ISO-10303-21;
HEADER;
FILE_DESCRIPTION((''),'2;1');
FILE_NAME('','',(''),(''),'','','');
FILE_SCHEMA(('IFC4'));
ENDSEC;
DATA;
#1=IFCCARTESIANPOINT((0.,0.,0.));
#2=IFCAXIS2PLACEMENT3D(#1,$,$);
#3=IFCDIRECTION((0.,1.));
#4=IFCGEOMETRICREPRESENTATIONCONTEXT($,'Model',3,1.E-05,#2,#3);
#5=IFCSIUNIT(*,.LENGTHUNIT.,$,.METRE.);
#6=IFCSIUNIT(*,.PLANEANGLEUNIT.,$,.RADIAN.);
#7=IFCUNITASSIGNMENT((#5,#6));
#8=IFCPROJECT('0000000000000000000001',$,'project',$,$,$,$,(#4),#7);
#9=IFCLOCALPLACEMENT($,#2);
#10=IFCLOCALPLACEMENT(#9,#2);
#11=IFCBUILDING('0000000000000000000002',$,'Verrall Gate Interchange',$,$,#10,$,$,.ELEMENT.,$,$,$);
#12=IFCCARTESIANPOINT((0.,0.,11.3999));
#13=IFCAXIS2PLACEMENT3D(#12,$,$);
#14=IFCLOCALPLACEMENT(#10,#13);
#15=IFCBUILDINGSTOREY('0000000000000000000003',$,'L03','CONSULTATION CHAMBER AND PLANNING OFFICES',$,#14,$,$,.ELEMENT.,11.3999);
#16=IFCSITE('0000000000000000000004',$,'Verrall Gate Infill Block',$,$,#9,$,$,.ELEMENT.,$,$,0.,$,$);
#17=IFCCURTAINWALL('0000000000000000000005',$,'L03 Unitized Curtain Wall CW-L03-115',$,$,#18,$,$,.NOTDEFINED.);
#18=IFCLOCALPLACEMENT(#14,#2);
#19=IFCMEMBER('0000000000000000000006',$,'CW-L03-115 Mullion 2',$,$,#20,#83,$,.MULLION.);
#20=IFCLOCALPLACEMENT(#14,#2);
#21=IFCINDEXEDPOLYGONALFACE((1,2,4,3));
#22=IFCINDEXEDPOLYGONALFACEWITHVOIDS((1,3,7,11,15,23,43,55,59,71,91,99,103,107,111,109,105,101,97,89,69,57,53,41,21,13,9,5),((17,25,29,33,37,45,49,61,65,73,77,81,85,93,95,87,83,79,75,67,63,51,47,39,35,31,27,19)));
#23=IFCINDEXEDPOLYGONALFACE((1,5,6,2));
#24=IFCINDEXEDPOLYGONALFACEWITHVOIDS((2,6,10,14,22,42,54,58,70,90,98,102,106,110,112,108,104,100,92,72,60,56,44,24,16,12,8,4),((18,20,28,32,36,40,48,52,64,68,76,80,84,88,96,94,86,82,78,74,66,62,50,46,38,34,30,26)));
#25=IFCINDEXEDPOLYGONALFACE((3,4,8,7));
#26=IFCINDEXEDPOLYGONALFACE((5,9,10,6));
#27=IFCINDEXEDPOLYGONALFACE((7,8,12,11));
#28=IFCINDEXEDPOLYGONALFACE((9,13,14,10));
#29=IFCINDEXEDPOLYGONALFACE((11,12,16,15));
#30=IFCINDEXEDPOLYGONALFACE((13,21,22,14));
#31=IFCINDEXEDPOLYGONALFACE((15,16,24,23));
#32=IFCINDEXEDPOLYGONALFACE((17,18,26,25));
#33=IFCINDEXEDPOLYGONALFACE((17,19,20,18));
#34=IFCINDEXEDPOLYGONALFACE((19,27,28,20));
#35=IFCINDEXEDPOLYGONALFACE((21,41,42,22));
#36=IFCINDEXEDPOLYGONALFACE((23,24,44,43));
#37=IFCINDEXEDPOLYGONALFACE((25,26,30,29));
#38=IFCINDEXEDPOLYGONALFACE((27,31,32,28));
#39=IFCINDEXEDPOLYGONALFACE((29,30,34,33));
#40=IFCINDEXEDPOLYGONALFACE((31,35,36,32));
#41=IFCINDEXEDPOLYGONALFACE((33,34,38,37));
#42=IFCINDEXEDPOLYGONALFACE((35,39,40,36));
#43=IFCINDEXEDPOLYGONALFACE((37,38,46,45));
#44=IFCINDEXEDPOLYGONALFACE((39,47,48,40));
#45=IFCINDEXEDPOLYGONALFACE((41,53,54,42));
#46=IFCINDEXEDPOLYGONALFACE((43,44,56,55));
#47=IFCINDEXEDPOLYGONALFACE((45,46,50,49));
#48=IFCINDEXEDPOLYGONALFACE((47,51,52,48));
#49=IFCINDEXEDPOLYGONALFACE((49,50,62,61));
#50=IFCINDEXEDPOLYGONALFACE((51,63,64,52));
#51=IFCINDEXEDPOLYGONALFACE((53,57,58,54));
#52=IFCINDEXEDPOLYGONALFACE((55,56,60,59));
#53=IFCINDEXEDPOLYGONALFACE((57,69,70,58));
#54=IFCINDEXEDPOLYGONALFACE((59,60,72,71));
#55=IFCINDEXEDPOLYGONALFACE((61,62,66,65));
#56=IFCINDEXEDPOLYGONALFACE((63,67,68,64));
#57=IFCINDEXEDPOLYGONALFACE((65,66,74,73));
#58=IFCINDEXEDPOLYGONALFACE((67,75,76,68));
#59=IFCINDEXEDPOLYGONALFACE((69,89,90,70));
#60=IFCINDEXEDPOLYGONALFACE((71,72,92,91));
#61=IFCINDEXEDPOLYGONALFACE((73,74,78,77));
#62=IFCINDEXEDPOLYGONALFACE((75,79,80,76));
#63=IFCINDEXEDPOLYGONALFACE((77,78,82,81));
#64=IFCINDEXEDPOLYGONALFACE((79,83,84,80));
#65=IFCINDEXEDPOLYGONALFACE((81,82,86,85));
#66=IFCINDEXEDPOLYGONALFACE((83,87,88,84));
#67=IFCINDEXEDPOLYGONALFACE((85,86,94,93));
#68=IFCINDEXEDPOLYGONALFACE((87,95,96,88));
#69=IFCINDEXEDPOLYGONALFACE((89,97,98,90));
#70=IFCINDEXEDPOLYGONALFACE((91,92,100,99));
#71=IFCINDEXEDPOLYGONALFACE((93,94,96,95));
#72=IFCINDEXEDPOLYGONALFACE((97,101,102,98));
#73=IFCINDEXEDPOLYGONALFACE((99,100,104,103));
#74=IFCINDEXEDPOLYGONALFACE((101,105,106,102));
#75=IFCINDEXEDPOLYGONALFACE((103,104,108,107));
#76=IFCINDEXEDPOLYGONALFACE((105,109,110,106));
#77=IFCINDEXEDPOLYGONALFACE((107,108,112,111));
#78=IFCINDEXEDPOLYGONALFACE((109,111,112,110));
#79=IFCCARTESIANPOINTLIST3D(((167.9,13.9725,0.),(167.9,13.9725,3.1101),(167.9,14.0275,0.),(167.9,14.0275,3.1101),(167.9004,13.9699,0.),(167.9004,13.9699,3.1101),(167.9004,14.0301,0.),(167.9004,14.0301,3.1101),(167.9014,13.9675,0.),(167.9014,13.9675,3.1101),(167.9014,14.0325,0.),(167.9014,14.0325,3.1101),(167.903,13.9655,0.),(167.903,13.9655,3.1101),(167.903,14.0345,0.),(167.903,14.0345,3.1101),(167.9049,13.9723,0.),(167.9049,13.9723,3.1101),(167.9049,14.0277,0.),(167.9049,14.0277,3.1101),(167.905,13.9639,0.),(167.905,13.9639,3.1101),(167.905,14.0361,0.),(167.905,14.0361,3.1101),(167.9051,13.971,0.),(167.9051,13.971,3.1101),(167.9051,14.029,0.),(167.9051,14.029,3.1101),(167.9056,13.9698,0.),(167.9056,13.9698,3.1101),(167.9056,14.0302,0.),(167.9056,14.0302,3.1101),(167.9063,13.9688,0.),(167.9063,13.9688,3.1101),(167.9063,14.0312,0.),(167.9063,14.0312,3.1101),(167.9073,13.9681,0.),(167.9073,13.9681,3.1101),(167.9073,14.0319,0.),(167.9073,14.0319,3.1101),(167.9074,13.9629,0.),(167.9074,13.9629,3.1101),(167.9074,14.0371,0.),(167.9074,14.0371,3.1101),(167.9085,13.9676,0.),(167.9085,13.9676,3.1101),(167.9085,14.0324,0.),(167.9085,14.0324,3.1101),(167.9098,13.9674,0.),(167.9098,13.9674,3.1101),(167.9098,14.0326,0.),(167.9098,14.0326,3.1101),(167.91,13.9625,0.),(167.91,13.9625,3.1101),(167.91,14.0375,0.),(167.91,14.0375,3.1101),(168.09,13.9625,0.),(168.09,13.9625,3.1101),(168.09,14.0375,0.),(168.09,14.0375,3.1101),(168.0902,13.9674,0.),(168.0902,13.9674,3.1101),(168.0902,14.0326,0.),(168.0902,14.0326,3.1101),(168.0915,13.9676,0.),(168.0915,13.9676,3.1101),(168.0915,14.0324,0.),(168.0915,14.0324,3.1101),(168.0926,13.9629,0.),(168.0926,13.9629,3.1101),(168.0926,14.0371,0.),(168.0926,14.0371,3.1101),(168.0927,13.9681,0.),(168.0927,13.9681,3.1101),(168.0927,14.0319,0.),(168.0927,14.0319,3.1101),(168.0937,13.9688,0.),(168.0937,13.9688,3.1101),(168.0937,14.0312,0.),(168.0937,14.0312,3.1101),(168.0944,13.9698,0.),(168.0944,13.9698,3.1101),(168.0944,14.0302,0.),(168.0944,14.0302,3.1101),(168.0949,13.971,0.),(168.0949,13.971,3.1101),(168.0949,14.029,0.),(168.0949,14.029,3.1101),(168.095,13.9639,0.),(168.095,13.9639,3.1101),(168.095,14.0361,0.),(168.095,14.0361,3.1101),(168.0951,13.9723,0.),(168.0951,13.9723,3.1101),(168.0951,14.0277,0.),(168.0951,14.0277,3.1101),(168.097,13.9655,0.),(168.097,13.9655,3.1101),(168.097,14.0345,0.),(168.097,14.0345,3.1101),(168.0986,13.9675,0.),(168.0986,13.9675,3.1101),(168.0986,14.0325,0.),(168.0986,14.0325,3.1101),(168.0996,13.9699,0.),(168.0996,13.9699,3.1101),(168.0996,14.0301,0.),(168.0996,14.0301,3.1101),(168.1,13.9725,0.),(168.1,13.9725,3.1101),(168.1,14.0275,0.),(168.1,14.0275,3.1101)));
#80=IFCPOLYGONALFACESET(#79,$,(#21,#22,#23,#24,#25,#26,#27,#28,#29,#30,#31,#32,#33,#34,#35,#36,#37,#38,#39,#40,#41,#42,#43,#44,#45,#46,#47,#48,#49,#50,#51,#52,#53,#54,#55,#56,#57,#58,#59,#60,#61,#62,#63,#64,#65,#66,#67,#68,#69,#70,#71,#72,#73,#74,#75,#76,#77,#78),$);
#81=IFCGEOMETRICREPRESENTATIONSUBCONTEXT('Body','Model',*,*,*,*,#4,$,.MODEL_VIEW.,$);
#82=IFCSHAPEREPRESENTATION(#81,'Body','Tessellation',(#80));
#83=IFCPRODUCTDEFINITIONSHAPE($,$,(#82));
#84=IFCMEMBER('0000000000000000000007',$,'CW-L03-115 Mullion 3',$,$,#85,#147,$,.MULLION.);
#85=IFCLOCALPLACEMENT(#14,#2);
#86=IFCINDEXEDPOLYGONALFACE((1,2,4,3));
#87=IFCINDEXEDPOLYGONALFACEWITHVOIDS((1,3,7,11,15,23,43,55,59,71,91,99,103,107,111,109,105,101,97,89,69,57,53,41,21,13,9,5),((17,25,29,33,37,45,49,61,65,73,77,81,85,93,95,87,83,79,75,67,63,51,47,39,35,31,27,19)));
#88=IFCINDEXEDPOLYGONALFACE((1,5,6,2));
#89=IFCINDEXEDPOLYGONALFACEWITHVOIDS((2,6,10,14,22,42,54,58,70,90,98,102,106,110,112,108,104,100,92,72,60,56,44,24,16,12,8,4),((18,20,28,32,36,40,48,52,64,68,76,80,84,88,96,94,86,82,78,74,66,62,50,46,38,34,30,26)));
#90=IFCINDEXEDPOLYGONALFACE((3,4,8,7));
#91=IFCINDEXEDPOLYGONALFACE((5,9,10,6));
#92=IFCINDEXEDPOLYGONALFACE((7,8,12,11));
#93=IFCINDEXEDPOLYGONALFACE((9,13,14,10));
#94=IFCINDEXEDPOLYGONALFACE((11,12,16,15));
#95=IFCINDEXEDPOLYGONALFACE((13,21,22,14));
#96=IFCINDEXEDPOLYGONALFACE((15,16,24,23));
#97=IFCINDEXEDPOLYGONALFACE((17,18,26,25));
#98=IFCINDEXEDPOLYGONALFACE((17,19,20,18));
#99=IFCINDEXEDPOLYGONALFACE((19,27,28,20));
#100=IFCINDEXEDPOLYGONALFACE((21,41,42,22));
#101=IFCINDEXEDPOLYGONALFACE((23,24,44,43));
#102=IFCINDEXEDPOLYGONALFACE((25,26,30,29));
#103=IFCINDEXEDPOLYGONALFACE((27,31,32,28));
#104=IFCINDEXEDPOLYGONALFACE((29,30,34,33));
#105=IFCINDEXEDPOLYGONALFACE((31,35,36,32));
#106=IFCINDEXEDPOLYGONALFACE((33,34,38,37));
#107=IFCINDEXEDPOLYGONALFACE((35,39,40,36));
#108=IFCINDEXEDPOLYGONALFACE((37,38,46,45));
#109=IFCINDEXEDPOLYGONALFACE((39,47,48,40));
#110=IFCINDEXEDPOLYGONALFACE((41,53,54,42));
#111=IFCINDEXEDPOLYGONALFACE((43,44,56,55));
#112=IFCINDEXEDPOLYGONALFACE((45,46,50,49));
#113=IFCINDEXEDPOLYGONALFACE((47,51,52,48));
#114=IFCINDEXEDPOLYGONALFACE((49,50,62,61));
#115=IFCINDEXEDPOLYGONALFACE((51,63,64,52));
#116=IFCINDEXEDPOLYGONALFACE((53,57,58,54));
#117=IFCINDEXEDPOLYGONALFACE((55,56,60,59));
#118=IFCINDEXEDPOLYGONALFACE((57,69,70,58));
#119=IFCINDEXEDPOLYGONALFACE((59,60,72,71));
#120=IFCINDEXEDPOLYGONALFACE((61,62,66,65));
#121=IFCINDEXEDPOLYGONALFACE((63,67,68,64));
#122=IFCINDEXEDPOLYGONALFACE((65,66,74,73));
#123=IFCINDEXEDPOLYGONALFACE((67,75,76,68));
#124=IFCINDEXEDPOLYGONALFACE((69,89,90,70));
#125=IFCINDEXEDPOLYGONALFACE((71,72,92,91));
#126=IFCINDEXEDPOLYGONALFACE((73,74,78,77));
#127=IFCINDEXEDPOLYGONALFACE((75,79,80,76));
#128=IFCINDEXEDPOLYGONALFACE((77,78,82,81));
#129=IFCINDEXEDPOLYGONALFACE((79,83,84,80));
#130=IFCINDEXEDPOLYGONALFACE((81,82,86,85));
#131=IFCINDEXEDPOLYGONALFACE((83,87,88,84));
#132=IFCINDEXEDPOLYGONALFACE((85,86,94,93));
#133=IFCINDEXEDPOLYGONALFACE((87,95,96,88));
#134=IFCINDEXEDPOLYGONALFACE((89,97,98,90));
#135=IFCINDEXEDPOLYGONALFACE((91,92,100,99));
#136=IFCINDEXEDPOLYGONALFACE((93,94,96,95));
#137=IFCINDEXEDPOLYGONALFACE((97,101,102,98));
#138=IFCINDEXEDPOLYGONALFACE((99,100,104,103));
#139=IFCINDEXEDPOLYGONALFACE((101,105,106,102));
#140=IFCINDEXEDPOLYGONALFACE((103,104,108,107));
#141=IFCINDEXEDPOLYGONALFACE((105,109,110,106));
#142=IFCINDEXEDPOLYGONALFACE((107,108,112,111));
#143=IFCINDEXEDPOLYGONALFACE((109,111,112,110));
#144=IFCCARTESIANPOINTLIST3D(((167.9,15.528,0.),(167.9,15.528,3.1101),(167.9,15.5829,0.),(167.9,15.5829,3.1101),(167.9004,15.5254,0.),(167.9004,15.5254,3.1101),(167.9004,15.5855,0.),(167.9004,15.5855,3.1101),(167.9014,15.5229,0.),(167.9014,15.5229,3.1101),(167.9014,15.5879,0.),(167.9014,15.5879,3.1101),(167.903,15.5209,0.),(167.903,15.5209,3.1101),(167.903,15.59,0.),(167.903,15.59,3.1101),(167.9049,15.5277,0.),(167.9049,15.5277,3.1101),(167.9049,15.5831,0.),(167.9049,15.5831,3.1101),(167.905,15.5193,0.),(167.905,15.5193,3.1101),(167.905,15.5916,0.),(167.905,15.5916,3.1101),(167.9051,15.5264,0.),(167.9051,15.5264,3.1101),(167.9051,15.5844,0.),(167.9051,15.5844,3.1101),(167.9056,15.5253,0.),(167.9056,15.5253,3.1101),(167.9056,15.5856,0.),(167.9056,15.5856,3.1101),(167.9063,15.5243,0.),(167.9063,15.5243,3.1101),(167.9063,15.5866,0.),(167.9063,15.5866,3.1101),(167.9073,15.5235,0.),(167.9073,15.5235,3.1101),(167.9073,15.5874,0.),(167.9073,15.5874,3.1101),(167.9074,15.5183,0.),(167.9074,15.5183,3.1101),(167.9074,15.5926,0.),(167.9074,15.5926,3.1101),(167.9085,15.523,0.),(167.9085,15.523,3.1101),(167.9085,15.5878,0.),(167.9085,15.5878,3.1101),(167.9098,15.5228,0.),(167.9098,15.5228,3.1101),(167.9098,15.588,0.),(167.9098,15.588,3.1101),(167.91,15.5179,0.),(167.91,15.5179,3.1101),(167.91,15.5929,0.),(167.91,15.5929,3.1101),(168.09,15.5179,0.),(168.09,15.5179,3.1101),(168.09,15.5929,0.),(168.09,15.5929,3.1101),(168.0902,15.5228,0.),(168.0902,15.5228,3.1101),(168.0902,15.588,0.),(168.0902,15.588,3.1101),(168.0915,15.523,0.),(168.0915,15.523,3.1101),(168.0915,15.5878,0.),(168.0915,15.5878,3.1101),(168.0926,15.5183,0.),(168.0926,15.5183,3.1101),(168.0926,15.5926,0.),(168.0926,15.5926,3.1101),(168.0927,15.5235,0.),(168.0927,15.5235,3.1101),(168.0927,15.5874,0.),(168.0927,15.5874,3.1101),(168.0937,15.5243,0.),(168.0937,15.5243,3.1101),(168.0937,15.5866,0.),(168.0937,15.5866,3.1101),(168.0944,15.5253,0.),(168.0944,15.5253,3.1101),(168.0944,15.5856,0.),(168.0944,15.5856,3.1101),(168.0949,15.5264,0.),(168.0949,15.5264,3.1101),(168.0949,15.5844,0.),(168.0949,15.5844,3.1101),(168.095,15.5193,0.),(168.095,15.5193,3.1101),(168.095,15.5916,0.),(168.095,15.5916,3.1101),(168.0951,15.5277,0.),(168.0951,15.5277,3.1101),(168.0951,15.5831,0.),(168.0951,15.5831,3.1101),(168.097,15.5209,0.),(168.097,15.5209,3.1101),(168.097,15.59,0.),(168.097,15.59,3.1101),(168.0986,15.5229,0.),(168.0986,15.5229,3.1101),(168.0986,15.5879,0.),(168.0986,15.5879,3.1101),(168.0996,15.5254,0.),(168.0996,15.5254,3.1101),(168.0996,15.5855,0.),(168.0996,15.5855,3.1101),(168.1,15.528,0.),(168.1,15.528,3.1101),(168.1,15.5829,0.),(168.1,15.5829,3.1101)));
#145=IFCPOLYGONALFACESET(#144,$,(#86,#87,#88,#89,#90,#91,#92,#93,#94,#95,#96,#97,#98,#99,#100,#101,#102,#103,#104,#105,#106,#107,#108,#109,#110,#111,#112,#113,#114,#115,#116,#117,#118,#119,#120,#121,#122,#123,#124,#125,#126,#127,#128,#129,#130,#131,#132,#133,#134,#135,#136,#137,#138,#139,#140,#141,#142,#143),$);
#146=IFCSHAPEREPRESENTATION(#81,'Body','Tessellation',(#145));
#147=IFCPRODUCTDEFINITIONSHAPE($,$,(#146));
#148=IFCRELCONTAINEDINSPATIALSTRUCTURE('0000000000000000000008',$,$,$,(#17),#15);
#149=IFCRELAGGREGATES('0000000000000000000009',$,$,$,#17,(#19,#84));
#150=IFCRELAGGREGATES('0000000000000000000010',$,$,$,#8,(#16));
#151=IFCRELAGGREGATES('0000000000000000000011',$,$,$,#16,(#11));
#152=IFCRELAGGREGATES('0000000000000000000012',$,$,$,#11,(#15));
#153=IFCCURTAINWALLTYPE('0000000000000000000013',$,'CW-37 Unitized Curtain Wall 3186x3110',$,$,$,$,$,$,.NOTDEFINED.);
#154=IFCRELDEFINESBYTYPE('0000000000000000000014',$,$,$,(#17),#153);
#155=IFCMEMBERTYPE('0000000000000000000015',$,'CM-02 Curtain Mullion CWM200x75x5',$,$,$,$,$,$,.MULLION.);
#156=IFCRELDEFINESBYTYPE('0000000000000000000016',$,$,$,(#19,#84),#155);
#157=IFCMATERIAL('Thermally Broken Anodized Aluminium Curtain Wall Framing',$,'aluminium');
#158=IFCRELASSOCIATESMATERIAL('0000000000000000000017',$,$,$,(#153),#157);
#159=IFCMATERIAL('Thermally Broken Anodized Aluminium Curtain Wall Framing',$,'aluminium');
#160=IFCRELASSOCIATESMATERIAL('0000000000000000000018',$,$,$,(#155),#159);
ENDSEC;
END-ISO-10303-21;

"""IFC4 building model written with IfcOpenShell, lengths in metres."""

from ifc_helpers import new_model, si_unit, direction, frame, origin, origin_2d, place, context, subcontext, project, spatial, hollow_rectangle, extrude, material, material_profile, profile_set, type_object, element, aggregate, save


model = new_model("IFC4")

# Units and contexts
model_context = context("Model", 3, precision=1e-05, world=origin(), true_north=direction((0.0, 1.0)))
body_context = subcontext(model_context, "Body", "Model", "MODEL_VIEW")
ifc_project = project(units=[si_unit("LENGTHUNIT", "METRE"), si_unit("PLANEANGLEUNIT", "RADIAN")], contexts=[model_context])

# Site, building, storey
site_placement = place(None, origin())
site = spatial("IfcSite", under=ifc_project, at=site_placement, Name="Verrall Gate Infill Block", CompositionType="ELEMENT", RefElevation=0.0)
building_placement = place(site_placement, origin())
building = spatial("IfcBuilding", under=site, at=building_placement, Name="Verrall Gate Interchange", CompositionType="ELEMENT")
storey_placement = place(building_placement, frame((0.0, 0.0, 11.3999)))
storey = spatial("IfcBuildingStorey", under=building, at=storey_placement, Name="L03", Description="CONSULTATION CHAMBER AND PLANNING OFFICES", CompositionType="ELEMENT", Elevation=11.3999)

# Curtain wall, members
ifc_material_1 = material(Name="Thermally Broken Anodized Aluminium Curtain Wall Framing", Category="aluminium")
curtain_wall_type_1 = type_object("IfcCurtainWallType", Name="CW-37 Unitized Curtain Wall 3186x3110", PredefinedType="NOTDEFINED", material=ifc_material_1)
curtain_wall_1_placement = place(storey_placement, origin())
curtain_wall_1 = element("IfcCurtainWall", 1, at=curtain_wall_1_placement, inside=storey, type_object=curtain_wall_type_1, Name="L03 Unitized Curtain Wall CW-L03-115", PredefinedType="NOTDEFINED")
ifc_material_2 = material(Name="Thermally Broken Anodized Aluminium Curtain Wall Framing", Category="aluminium")
ifc_material_profile_1 = material_profile(ifc_material_2, hollow_rectangle(XDim=0.075, YDim=0.2, WallThickness=0.0049, InnerFilletRadius=0.0049, OuterFilletRadius=0.01, at=origin_2d()), Name="CWM200x75x5")
ifc_profile_set_1 = profile_set([ifc_material_profile_1], Name="Thermally Broken Anodized Aluminium Curtain Wall Framing")
member_type_1 = type_object("IfcMemberType", Name="CM-02 Curtain Mullion CWM200x75x5", PredefinedType="MULLION", material=ifc_profile_set_1)
member_1_placement = place(storey_placement, frame((168.0, 14.0, 0.0), z_axis=(0.0, 0.0, 1.0), x_axis=(0.0, 1.0, 0.0)))
member_1 = element("IfcMember", 2, at=member_1_placement, type_object=member_type_1, Name="CW-L03-115 Mullion 2", PredefinedType="MULLION", context=body_context, shape_type="SweptSolid", body=[
    extrude(hollow_rectangle(XDim=0.075, YDim=0.2, WallThickness=0.0049, InnerFilletRadius=0.0049, OuterFilletRadius=0.01, at=origin_2d()), origin(), (0.0, 0.0, 1.0), 3.1101),
])
member_2_placement = place(storey_placement, frame((168.0, 15.5554, 0.0), z_axis=(0.0, 0.0, 1.0), x_axis=(0.0, 1.0, 0.0)))
member_2 = element("IfcMember", 3, at=member_2_placement, type_object=member_type_1, Name="CW-L03-115 Mullion 3", PredefinedType="MULLION", context=body_context, shape_type="SweptSolid", body=[
    extrude(hollow_rectangle(XDim=0.075, YDim=0.2, WallThickness=0.0049, InnerFilletRadius=0.0049, OuterFilletRadius=0.01, at=origin_2d()), origin(), (0.0, 0.0, 1.0), 3.1101),
])

aggregate(curtain_wall_1, [member_1, member_2])

save(model, "model.ifc")
